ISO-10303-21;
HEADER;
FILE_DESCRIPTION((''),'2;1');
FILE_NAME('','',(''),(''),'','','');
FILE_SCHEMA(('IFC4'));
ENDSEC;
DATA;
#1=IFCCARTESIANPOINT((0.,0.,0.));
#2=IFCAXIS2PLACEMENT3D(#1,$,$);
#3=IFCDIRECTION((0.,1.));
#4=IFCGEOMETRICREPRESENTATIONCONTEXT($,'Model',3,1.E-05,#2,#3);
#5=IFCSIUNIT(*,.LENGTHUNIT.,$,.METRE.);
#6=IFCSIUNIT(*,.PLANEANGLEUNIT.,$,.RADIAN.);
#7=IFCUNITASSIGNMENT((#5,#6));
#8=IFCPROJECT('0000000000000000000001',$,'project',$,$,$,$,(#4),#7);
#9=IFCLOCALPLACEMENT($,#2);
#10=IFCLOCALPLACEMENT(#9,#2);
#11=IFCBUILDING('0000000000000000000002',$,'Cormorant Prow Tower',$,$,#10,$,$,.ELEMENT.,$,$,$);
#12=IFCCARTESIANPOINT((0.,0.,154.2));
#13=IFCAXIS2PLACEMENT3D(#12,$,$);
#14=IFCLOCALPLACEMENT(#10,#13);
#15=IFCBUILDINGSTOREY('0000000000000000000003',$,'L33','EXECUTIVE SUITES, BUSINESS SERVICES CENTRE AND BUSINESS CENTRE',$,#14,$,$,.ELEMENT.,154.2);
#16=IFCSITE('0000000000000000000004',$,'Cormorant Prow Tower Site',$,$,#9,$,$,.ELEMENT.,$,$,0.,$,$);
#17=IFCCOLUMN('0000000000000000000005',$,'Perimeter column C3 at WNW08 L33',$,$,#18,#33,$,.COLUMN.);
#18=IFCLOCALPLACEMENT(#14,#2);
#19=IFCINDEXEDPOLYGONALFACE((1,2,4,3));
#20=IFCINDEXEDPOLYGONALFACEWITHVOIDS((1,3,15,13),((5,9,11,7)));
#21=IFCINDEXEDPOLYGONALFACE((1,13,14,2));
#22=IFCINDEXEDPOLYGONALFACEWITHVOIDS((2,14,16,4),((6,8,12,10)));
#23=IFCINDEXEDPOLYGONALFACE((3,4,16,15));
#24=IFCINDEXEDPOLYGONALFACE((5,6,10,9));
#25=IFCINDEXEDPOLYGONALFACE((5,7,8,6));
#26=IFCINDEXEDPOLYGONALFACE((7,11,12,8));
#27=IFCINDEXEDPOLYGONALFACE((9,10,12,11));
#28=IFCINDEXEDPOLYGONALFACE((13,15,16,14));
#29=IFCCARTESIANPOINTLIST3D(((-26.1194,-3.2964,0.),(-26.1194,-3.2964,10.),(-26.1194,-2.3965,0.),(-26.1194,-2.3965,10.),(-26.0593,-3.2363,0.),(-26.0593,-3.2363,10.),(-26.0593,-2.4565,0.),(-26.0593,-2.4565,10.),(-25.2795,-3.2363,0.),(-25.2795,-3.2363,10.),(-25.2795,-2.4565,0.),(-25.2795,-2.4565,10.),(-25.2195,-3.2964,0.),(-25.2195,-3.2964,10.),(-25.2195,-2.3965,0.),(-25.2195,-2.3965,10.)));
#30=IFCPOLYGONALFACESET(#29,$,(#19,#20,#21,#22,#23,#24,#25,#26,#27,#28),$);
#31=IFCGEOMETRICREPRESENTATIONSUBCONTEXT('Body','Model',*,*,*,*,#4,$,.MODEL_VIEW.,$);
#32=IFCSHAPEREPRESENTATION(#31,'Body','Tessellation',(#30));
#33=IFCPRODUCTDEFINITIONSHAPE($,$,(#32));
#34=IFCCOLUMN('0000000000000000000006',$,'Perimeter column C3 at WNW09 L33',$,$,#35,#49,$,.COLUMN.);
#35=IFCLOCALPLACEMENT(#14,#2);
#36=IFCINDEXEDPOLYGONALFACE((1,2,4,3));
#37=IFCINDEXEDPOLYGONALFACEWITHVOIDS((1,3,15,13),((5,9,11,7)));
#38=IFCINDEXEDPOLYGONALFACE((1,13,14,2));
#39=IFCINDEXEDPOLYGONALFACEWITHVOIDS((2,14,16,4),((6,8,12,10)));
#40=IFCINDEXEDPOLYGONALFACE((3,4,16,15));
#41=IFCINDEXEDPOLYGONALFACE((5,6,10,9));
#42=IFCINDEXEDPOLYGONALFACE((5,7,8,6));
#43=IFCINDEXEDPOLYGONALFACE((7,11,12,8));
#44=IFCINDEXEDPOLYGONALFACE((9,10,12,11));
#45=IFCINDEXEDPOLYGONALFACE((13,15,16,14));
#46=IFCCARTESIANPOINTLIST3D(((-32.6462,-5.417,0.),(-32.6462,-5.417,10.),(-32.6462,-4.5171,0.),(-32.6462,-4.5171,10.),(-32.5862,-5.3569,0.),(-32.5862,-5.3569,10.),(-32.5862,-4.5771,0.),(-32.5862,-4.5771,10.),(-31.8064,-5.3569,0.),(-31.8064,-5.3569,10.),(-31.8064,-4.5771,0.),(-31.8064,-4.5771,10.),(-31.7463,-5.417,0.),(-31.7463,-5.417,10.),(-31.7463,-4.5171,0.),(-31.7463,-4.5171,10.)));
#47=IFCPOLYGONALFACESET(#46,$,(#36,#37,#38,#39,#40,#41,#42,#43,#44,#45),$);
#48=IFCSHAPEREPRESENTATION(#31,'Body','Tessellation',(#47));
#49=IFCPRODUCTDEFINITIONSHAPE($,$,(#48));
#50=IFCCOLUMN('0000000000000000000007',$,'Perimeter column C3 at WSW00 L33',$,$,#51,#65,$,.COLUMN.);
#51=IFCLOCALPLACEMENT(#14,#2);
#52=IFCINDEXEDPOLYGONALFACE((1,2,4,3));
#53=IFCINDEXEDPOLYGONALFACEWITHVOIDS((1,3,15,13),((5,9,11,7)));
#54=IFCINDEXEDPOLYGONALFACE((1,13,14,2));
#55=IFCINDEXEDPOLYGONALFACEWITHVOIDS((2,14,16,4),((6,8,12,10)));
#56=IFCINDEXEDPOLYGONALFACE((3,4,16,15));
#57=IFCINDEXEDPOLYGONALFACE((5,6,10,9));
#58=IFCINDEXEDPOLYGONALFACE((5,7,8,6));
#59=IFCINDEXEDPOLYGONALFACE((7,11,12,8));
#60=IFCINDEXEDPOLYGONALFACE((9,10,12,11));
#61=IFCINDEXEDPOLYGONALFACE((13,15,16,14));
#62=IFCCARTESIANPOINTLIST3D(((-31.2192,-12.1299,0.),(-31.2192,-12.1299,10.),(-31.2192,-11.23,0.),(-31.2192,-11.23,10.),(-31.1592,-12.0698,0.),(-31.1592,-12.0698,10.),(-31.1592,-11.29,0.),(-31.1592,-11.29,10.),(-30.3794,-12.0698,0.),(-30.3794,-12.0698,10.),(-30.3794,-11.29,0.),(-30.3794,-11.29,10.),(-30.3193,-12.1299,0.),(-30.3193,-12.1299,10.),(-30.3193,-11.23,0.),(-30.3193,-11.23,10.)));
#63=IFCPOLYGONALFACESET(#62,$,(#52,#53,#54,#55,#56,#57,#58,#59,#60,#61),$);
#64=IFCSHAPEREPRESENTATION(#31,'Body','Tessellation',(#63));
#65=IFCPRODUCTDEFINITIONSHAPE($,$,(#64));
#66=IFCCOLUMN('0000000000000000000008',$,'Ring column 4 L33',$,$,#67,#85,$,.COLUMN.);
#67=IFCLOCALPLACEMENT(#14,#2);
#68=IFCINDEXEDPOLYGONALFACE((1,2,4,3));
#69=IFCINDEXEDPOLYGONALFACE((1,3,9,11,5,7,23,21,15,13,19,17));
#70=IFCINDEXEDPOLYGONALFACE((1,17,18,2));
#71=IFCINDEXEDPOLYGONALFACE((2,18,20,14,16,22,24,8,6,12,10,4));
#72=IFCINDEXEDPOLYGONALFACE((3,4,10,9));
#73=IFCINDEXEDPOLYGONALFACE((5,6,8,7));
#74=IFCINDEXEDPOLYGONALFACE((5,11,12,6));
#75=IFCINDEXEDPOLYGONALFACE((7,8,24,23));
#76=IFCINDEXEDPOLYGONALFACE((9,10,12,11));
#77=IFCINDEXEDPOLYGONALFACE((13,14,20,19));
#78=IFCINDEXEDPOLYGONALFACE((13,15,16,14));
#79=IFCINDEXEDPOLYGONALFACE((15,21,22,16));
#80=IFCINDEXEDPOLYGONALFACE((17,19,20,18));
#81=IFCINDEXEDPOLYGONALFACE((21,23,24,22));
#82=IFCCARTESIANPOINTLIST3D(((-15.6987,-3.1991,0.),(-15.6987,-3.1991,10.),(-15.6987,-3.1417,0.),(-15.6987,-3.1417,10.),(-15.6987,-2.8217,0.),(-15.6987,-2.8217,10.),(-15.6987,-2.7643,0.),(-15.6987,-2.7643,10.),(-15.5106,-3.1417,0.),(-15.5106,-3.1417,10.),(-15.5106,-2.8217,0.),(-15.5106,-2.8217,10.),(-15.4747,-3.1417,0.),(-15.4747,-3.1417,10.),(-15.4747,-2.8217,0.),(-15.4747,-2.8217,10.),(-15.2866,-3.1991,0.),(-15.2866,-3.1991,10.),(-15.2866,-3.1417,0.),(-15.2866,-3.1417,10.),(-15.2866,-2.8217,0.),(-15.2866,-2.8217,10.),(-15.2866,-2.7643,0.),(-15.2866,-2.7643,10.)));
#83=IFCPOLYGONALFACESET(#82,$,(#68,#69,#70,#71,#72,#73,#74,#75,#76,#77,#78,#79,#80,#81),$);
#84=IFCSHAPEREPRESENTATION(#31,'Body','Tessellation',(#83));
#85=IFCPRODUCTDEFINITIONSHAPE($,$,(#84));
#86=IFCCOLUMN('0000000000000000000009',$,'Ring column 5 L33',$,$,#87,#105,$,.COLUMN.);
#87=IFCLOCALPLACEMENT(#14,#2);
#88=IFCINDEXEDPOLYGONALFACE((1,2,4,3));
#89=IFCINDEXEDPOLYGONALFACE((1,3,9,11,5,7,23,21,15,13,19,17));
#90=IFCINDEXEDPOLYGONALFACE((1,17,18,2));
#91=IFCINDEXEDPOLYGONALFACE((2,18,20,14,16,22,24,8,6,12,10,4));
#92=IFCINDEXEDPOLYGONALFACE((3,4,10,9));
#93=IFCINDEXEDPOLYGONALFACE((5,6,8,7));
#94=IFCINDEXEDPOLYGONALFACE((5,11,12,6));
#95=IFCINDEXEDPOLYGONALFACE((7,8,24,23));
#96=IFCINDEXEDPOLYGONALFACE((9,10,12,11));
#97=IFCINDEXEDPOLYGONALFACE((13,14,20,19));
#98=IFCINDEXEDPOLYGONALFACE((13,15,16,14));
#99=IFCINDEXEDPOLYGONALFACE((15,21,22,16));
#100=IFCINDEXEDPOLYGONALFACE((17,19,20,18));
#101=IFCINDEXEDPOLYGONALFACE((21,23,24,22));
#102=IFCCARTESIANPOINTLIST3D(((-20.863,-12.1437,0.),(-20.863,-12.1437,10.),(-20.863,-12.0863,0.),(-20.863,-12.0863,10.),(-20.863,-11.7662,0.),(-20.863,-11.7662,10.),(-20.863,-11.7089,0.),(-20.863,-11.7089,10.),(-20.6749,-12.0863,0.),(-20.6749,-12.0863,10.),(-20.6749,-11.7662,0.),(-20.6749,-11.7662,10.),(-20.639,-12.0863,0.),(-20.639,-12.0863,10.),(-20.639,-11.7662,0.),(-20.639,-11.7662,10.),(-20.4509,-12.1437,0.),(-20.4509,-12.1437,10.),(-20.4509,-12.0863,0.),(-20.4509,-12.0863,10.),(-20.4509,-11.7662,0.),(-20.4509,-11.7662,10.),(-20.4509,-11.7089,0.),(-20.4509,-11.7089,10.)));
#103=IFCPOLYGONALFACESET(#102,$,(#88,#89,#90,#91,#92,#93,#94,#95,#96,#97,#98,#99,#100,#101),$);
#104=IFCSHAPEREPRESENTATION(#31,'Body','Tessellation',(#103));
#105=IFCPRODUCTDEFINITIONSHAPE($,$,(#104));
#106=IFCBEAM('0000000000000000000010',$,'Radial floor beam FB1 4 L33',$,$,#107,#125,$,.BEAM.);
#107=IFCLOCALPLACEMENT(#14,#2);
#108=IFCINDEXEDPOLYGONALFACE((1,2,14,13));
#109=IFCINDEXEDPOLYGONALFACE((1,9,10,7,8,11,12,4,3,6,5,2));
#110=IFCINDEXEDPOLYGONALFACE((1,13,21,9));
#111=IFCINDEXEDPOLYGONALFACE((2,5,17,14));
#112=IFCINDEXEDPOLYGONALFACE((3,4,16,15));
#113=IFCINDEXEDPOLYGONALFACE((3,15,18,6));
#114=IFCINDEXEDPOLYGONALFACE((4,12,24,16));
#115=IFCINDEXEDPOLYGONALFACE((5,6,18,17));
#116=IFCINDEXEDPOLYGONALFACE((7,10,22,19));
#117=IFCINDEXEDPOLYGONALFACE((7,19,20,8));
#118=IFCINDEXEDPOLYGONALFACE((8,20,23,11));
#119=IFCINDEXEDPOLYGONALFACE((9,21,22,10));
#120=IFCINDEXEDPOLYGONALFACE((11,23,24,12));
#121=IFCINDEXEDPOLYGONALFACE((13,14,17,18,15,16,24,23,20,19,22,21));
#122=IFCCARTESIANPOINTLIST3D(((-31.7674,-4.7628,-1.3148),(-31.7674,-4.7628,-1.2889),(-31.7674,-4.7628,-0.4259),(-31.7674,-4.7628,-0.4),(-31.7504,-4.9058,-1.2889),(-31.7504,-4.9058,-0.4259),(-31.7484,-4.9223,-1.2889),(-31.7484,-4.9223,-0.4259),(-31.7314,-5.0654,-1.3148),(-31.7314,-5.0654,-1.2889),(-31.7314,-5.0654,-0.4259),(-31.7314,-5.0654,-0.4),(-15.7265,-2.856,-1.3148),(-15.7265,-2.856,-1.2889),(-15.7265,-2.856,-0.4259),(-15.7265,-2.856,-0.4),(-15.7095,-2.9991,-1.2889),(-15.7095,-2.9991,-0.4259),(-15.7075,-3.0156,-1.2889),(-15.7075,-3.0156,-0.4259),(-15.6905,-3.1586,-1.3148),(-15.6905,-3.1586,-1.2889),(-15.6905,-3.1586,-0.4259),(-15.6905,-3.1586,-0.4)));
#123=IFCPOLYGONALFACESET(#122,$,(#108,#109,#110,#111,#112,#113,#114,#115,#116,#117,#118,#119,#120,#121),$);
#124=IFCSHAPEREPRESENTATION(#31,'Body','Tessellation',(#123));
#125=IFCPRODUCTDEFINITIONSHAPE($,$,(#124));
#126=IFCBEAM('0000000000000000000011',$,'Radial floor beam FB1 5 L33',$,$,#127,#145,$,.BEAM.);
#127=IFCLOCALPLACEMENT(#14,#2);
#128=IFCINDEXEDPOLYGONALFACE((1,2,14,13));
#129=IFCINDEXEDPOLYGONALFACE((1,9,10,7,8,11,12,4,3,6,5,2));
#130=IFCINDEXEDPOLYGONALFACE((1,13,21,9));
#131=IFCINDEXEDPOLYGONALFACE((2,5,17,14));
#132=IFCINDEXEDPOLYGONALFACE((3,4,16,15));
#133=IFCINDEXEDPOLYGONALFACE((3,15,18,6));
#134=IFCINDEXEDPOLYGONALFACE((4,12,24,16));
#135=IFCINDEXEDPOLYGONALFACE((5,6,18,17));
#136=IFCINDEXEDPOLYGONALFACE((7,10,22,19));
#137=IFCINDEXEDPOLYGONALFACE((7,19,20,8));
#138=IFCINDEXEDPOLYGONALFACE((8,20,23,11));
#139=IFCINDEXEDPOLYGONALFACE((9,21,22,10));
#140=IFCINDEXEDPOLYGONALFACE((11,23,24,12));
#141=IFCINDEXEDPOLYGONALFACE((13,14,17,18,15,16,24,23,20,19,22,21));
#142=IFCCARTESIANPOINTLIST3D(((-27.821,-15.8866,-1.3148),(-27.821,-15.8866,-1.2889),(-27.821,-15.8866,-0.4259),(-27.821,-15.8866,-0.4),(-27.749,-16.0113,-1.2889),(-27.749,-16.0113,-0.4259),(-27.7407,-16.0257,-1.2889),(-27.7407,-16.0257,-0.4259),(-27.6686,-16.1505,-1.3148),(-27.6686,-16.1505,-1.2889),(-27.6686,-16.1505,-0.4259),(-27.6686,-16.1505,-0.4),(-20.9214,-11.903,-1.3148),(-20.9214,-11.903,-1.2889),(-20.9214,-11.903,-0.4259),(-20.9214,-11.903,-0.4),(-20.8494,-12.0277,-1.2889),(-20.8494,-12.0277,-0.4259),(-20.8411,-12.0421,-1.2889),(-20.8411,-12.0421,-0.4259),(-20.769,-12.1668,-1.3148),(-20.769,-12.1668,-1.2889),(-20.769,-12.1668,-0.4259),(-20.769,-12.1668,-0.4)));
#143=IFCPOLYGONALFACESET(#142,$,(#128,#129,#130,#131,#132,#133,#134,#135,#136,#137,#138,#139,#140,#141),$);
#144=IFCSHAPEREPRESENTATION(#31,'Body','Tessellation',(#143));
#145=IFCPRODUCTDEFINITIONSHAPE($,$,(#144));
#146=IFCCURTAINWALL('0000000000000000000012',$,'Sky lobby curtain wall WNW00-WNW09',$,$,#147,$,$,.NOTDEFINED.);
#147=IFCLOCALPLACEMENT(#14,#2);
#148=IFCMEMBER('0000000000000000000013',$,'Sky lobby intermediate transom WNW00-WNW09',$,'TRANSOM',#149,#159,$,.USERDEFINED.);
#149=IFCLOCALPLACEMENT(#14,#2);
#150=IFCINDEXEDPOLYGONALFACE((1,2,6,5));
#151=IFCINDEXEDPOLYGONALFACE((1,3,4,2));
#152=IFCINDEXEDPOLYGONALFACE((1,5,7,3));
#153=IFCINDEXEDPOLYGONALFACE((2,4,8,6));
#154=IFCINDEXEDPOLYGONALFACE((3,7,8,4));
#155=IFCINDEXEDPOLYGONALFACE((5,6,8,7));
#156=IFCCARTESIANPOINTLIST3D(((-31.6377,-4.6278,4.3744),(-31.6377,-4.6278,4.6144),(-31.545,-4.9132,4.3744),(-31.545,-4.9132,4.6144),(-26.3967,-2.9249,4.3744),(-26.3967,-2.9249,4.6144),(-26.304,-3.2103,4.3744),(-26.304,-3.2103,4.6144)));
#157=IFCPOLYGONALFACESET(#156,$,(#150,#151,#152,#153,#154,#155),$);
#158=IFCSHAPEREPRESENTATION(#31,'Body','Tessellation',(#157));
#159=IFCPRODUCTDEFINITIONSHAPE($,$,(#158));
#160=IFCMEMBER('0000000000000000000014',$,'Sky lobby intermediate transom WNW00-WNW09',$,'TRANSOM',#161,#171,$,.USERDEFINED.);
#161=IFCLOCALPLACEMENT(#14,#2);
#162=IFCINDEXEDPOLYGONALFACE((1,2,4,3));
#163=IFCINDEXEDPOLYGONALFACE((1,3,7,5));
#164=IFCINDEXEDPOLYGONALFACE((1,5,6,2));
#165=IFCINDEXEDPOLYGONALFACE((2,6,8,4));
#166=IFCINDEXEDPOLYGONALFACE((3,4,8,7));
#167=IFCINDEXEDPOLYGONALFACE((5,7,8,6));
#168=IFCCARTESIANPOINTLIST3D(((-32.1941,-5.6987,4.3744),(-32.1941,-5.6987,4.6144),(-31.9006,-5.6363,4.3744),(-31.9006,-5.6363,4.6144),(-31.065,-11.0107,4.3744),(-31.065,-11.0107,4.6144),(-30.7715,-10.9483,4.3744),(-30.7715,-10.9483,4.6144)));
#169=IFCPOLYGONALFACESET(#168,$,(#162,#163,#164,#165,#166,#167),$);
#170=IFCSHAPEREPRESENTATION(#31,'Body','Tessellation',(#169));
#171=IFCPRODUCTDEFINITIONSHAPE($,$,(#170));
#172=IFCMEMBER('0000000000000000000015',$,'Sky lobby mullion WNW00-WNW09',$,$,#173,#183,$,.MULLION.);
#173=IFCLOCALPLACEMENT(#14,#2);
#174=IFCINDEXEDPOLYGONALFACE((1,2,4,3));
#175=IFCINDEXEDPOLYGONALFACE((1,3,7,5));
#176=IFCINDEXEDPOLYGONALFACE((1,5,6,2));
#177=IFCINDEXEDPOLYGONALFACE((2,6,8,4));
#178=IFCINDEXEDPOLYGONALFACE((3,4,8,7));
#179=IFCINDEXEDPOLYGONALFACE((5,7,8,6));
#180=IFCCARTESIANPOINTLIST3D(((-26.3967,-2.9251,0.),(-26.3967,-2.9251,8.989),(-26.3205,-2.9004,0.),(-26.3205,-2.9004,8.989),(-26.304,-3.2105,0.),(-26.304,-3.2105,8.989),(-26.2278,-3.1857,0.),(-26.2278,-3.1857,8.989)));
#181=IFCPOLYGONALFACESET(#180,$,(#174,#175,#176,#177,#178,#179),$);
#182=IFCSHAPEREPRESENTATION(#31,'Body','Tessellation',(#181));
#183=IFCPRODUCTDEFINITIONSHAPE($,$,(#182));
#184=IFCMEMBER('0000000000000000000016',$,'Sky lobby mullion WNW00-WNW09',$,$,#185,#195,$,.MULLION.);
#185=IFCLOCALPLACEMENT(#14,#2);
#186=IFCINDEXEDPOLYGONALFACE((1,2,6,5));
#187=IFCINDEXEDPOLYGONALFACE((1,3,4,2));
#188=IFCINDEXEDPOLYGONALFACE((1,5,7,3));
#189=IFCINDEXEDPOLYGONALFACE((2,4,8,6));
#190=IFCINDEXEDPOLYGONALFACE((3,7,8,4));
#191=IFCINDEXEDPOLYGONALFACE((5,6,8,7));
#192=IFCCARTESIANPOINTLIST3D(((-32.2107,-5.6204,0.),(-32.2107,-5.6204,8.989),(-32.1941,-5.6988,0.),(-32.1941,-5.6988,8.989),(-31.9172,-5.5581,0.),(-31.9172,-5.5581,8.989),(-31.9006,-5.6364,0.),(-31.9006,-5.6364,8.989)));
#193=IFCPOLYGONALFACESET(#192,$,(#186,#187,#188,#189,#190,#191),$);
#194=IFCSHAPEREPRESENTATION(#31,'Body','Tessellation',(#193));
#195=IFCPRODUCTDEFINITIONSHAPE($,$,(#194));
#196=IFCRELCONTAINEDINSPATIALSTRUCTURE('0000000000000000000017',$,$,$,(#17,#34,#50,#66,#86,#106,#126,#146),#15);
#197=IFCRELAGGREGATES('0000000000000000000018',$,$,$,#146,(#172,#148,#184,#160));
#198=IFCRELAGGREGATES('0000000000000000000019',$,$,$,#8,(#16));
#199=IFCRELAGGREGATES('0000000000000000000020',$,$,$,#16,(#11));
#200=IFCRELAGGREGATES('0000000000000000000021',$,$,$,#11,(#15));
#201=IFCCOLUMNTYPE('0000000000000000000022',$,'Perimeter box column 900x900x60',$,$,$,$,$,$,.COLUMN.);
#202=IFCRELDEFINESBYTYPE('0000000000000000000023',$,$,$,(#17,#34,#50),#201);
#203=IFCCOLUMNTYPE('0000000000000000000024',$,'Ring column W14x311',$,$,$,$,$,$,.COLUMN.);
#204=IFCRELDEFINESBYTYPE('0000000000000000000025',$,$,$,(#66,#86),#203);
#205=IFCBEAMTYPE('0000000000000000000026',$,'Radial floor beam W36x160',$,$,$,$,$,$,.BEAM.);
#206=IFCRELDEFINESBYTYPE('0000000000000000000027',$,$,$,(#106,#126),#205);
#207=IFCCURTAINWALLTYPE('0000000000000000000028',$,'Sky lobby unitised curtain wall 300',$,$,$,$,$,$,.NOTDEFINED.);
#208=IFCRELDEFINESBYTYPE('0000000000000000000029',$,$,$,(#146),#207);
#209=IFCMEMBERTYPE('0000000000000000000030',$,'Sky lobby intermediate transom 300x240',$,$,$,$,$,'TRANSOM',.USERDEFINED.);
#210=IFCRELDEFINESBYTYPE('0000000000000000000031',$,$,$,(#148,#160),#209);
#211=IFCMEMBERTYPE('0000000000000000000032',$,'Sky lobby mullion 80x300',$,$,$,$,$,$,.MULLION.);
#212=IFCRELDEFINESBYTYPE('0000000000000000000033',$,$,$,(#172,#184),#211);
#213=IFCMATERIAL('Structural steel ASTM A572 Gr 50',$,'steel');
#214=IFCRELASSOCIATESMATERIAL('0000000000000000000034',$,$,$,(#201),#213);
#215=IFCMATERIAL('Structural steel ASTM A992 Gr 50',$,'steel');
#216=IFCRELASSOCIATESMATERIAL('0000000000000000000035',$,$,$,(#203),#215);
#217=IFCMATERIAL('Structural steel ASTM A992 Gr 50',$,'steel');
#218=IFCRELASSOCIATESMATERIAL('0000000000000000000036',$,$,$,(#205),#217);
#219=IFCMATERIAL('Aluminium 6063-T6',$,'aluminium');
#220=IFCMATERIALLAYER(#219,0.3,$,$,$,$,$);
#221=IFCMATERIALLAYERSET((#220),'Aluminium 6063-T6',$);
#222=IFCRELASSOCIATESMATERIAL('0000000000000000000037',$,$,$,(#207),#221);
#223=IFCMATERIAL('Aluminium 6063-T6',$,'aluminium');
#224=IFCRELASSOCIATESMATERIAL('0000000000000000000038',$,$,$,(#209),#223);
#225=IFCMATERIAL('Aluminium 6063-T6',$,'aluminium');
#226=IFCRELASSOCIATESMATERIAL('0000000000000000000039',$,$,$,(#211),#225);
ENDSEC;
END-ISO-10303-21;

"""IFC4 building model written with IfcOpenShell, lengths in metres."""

from ifc_helpers import new_model, si_unit, direction, frame, origin, origin_2d, place, context, subcontext, project, spatial, rectangle, hollow_rectangle, i_section, extrude, material, layer, layer_set, material_profile, profile_set, type_object, element, aggregate, save


model = new_model("IFC4")

# Units and contexts
model_context = context("Model", 3, precision=1e-05, world=origin(), true_north=direction((0.0, 1.0)))
body_context = subcontext(model_context, "Body", "Model", "MODEL_VIEW")
ifc_project = project(units=[si_unit("LENGTHUNIT", "METRE"), si_unit("PLANEANGLEUNIT", "RADIAN")], contexts=[model_context])

# Site, building, storey
site_placement = place(None, origin())
site = spatial("IfcSite", under=ifc_project, at=site_placement, Name="Cormorant Prow Tower Site", CompositionType="ELEMENT", RefElevation=0.0)
building_placement = place(site_placement, origin())
building = spatial("IfcBuilding", under=site, at=building_placement, Name="Cormorant Prow Tower", CompositionType="ELEMENT")
storey_placement = place(building_placement, frame((0.0, 0.0, 154.2)))
storey = spatial("IfcBuildingStorey", under=building, at=storey_placement, Name="L33", Description="EXECUTIVE SUITES, BUSINESS SERVICES CENTRE AND BUSINESS CENTRE", CompositionType="ELEMENT", Elevation=154.2)

# Columns
ifc_material_1 = material(Name="Structural steel ASTM A572 Gr 50", Category="steel")
ifc_material_profile_1 = material_profile(ifc_material_1, hollow_rectangle(XDim=0.8999, YDim=0.8999, WallThickness=0.0601, at=origin_2d()), Name="Box 900x900x60")
ifc_profile_set_1 = profile_set([ifc_material_profile_1], Name="Structural steel ASTM A572 Gr 50")
column_type_1 = type_object("IfcColumnType", Name="Perimeter box column 900x900x60", PredefinedType="COLUMN", material=ifc_profile_set_1)
for number, where, z_axis, x_axis, name in (
    (1, (-25.6694, -2.8464, 0.0), (0.0, 0.0, 1.0), (1.0, 0.0, 0.0), "Perimeter column C3 at WNW08 L33"),
    (2, (-32.1963, -4.967, 0.0), (0.0, 0.0, 1.0), (1.0, 0.0, 0.0), "Perimeter column C3 at WNW09 L33"),
    (3, (-30.7693, -11.6799, 0.0), (0.0, 0.0, 1.0), (1.0, 0.0, 0.0), "Perimeter column C3 at WSW00 L33"),
):
    element("IfcColumn", number, at=place(storey_placement, frame(where, z_axis=z_axis, x_axis=x_axis)), inside=storey, type_object=column_type_1, Name=name, PredefinedType="COLUMN", context=body_context, shape_type="SweptSolid", body=[
        extrude(hollow_rectangle(XDim=0.8999, YDim=0.8999, WallThickness=0.0601, at=origin_2d()), origin(), (0.0, 0.0, 1.0), 10.0),
    ])
ifc_material_2 = material(Name="Structural steel ASTM A992 Gr 50", Category="steel")
ifc_material_profile_2 = material_profile(ifc_material_2, i_section(OverallWidth=0.4121, OverallDepth=0.4348, WebThickness=0.0359, FlangeThickness=0.0574, at=origin_2d()), Name="W14x311")
ifc_profile_set_2 = profile_set([ifc_material_profile_2], Name="Structural steel ASTM A992 Gr 50")
column_type_2 = type_object("IfcColumnType", Name="Ring column W14x311", PredefinedType="COLUMN", material=ifc_profile_set_2)
for number, where, z_axis, x_axis, name in (
    (4, (-15.4927, -2.9817, 0.0), (0.0, 0.0, 1.0), (1.0, 0.0, 0.0), "Ring column 4 L33"),
    (5, (-20.657, -11.9263, 0.0), (0.0, 0.0, 1.0), (1.0, 0.0, 0.0), "Ring column 5 L33"),
):
    element("IfcColumn", number, at=place(storey_placement, frame(where, z_axis=z_axis, x_axis=x_axis)), inside=storey, type_object=column_type_2, Name=name, PredefinedType="COLUMN", context=body_context, shape_type="SweptSolid", body=[
        extrude(i_section(OverallWidth=0.4121, OverallDepth=0.4348, WebThickness=0.0359, FlangeThickness=0.0574, at=origin_2d()), origin(), (0.0, 0.0, 1.0), 10.0),
    ])

# Beams
ifc_material_3 = material(Name="Structural steel ASTM A992 Gr 50", Category="steel")
ifc_material_profile_3 = material_profile(ifc_material_3, i_section(OverallWidth=0.3047, OverallDepth=0.9148, WebThickness=0.0166, FlangeThickness=0.0259, at=origin_2d()), Name="W36x160")
ifc_profile_set_3 = profile_set([ifc_material_profile_3], Name="Structural steel ASTM A992 Gr 50")
beam_type_1 = type_object("IfcBeamType", Name="Radial floor beam W36x160", PredefinedType="BEAM", material=ifc_profile_set_3)
beam_1_placement = place(storey_placement, frame((-15.7085, -3.0073, -0.8574), z_axis=(-0.993009, -0.118037, 0.0), x_axis=(0.118037, -0.993009, 0.0)))
element("IfcBeam", 6, at=beam_1_placement, inside=storey, type_object=beam_type_1, Name="Radial floor beam FB1 4 L33", PredefinedType="BEAM", context=body_context, shape_type="SweptSolid", body=[
    extrude(i_section(OverallWidth=0.3047, OverallDepth=0.9148, WebThickness=0.0166, FlangeThickness=0.0259, at=origin_2d()), origin(), (0.0, 0.0, 1.0), 16.1538),
])
beam_2_placement = place(storey_placement, frame((-20.8452, -12.0349, -0.8574), z_axis=(-0.866019, -0.500012, 0.0), x_axis=(0.500012, -0.866019, 0.0)))
element("IfcBeam", 7, at=beam_2_placement, inside=storey, type_object=beam_type_1, Name="Radial floor beam FB1 5 L33", PredefinedType="BEAM", context=body_context, shape_type="SweptSolid", body=[
    extrude(i_section(OverallWidth=0.3047, OverallDepth=0.9148, WebThickness=0.0166, FlangeThickness=0.0259, at=origin_2d()), origin(), (0.0, 0.0, 1.0), 7.967),
])

# Curtain wall, members
ifc_material_4 = material(Name="Aluminium 6063-T6", Category="aluminium")
ifc_layer_1 = layer(ifc_material_4, 0.3)
ifc_layer_set_1 = layer_set([ifc_layer_1], Name="Aluminium 6063-T6")
curtain_wall_type = type_object("IfcCurtainWallType", Name="Sky lobby unitised curtain wall 300", PredefinedType="NOTDEFINED", material=ifc_layer_set_1)
curtain_wall_placement = place(storey_placement, origin())
curtain_wall = element("IfcCurtainWall", 8, at=curtain_wall_placement, inside=storey, type_object=curtain_wall_type, Name="Sky lobby curtain wall WNW00-WNW09", PredefinedType="NOTDEFINED")
ifc_material_5 = material(Name="Aluminium 6063-T6", Category="aluminium")
ifc_material_profile_4 = material_profile(ifc_material_5, rectangle(XDim=0.3, YDim=0.24, at=origin_2d()), Name="Sky lobby intermediate transom 300x240")
ifc_profile_set_4 = profile_set([ifc_material_profile_4], Name="Aluminium 6063-T6")
member_type_1 = type_object("IfcMemberType", Name="Sky lobby intermediate transom 300x240", ElementType="TRANSOM", PredefinedType="USERDEFINED", material=ifc_profile_set_4)
member_1_placement = place(storey_placement, frame((-26.3503, -3.0676, 4.4944), z_axis=(-0.951057, -0.309015, 0.0), x_axis=(0.309015, -0.951057, 0.0)))
member_1 = element("IfcMember", 9, at=member_1_placement, type_object=member_type_1, Name="Sky lobby intermediate transom WNW00-WNW09", ObjectType="TRANSOM", PredefinedType="USERDEFINED", context=body_context, shape_type="SweptSolid", body=[
    extrude(rectangle(XDim=0.3, YDim=0.24, at=origin_2d()), origin(), (0.0, 0.0, 1.0), 5.5107),
])
member_2_placement = place(storey_placement, frame((-32.0474, -5.6675, 4.4944), z_axis=(0.20792, -0.978146, 0.0), x_axis=(0.978146, 0.20792, 0.0)))
member_2 = element("IfcMember", 10, at=member_2_placement, type_object=member_type_1, Name="Sky lobby intermediate transom WNW00-WNW09", ObjectType="TRANSOM", PredefinedType="USERDEFINED", context=body_context, shape_type="SweptSolid", body=[
    extrude(rectangle(XDim=0.3, YDim=0.24, at=origin_2d()), origin(), (0.0, 0.0, 1.0), 5.4307),
])
ifc_material_6 = material(Name="Aluminium 6063-T6", Category="aluminium")
ifc_material_profile_5 = material_profile(ifc_material_6, rectangle(XDim=0.3, YDim=0.0801, at=origin_2d()), Name="Sky lobby mullion 80x300")
ifc_profile_set_5 = profile_set([ifc_material_profile_5], Name="Aluminium 6063-T6")
member_type_2 = type_object("IfcMemberType", Name="Sky lobby mullion 80x300", PredefinedType="MULLION", material=ifc_profile_set_5)
member_3_placement = place(storey_placement, frame((-26.3123, -3.0554, 0.0), z_axis=(0.0, 0.0, 1.0), x_axis=(0.309017, -0.951057, 0.0)))
member_3 = element("IfcMember", 11, at=member_3_placement, type_object=member_type_2, Name="Sky lobby mullion WNW00-WNW09", PredefinedType="MULLION", context=body_context, shape_type="SweptSolid", body=[
    extrude(rectangle(XDim=0.3, YDim=0.0801, at=origin_2d()), origin(), (0.0, 0.0, 1.0), 8.989),
])
member_4_placement = place(storey_placement, frame((-32.0557, -5.6284, 0.0), z_axis=(0.0, 0.0, 1.0), x_axis=(0.978148, 0.207912, 0.0)))
member_4 = element("IfcMember", 12, at=member_4_placement, type_object=member_type_2, Name="Sky lobby mullion WNW00-WNW09", PredefinedType="MULLION", context=body_context, shape_type="SweptSolid", body=[
    extrude(rectangle(XDim=0.3, YDim=0.0801, at=origin_2d()), origin(), (0.0, 0.0, 1.0), 8.989),
])

aggregate(curtain_wall, [member_3, member_1, member_4, member_2])

save(model, "model.ifc")
